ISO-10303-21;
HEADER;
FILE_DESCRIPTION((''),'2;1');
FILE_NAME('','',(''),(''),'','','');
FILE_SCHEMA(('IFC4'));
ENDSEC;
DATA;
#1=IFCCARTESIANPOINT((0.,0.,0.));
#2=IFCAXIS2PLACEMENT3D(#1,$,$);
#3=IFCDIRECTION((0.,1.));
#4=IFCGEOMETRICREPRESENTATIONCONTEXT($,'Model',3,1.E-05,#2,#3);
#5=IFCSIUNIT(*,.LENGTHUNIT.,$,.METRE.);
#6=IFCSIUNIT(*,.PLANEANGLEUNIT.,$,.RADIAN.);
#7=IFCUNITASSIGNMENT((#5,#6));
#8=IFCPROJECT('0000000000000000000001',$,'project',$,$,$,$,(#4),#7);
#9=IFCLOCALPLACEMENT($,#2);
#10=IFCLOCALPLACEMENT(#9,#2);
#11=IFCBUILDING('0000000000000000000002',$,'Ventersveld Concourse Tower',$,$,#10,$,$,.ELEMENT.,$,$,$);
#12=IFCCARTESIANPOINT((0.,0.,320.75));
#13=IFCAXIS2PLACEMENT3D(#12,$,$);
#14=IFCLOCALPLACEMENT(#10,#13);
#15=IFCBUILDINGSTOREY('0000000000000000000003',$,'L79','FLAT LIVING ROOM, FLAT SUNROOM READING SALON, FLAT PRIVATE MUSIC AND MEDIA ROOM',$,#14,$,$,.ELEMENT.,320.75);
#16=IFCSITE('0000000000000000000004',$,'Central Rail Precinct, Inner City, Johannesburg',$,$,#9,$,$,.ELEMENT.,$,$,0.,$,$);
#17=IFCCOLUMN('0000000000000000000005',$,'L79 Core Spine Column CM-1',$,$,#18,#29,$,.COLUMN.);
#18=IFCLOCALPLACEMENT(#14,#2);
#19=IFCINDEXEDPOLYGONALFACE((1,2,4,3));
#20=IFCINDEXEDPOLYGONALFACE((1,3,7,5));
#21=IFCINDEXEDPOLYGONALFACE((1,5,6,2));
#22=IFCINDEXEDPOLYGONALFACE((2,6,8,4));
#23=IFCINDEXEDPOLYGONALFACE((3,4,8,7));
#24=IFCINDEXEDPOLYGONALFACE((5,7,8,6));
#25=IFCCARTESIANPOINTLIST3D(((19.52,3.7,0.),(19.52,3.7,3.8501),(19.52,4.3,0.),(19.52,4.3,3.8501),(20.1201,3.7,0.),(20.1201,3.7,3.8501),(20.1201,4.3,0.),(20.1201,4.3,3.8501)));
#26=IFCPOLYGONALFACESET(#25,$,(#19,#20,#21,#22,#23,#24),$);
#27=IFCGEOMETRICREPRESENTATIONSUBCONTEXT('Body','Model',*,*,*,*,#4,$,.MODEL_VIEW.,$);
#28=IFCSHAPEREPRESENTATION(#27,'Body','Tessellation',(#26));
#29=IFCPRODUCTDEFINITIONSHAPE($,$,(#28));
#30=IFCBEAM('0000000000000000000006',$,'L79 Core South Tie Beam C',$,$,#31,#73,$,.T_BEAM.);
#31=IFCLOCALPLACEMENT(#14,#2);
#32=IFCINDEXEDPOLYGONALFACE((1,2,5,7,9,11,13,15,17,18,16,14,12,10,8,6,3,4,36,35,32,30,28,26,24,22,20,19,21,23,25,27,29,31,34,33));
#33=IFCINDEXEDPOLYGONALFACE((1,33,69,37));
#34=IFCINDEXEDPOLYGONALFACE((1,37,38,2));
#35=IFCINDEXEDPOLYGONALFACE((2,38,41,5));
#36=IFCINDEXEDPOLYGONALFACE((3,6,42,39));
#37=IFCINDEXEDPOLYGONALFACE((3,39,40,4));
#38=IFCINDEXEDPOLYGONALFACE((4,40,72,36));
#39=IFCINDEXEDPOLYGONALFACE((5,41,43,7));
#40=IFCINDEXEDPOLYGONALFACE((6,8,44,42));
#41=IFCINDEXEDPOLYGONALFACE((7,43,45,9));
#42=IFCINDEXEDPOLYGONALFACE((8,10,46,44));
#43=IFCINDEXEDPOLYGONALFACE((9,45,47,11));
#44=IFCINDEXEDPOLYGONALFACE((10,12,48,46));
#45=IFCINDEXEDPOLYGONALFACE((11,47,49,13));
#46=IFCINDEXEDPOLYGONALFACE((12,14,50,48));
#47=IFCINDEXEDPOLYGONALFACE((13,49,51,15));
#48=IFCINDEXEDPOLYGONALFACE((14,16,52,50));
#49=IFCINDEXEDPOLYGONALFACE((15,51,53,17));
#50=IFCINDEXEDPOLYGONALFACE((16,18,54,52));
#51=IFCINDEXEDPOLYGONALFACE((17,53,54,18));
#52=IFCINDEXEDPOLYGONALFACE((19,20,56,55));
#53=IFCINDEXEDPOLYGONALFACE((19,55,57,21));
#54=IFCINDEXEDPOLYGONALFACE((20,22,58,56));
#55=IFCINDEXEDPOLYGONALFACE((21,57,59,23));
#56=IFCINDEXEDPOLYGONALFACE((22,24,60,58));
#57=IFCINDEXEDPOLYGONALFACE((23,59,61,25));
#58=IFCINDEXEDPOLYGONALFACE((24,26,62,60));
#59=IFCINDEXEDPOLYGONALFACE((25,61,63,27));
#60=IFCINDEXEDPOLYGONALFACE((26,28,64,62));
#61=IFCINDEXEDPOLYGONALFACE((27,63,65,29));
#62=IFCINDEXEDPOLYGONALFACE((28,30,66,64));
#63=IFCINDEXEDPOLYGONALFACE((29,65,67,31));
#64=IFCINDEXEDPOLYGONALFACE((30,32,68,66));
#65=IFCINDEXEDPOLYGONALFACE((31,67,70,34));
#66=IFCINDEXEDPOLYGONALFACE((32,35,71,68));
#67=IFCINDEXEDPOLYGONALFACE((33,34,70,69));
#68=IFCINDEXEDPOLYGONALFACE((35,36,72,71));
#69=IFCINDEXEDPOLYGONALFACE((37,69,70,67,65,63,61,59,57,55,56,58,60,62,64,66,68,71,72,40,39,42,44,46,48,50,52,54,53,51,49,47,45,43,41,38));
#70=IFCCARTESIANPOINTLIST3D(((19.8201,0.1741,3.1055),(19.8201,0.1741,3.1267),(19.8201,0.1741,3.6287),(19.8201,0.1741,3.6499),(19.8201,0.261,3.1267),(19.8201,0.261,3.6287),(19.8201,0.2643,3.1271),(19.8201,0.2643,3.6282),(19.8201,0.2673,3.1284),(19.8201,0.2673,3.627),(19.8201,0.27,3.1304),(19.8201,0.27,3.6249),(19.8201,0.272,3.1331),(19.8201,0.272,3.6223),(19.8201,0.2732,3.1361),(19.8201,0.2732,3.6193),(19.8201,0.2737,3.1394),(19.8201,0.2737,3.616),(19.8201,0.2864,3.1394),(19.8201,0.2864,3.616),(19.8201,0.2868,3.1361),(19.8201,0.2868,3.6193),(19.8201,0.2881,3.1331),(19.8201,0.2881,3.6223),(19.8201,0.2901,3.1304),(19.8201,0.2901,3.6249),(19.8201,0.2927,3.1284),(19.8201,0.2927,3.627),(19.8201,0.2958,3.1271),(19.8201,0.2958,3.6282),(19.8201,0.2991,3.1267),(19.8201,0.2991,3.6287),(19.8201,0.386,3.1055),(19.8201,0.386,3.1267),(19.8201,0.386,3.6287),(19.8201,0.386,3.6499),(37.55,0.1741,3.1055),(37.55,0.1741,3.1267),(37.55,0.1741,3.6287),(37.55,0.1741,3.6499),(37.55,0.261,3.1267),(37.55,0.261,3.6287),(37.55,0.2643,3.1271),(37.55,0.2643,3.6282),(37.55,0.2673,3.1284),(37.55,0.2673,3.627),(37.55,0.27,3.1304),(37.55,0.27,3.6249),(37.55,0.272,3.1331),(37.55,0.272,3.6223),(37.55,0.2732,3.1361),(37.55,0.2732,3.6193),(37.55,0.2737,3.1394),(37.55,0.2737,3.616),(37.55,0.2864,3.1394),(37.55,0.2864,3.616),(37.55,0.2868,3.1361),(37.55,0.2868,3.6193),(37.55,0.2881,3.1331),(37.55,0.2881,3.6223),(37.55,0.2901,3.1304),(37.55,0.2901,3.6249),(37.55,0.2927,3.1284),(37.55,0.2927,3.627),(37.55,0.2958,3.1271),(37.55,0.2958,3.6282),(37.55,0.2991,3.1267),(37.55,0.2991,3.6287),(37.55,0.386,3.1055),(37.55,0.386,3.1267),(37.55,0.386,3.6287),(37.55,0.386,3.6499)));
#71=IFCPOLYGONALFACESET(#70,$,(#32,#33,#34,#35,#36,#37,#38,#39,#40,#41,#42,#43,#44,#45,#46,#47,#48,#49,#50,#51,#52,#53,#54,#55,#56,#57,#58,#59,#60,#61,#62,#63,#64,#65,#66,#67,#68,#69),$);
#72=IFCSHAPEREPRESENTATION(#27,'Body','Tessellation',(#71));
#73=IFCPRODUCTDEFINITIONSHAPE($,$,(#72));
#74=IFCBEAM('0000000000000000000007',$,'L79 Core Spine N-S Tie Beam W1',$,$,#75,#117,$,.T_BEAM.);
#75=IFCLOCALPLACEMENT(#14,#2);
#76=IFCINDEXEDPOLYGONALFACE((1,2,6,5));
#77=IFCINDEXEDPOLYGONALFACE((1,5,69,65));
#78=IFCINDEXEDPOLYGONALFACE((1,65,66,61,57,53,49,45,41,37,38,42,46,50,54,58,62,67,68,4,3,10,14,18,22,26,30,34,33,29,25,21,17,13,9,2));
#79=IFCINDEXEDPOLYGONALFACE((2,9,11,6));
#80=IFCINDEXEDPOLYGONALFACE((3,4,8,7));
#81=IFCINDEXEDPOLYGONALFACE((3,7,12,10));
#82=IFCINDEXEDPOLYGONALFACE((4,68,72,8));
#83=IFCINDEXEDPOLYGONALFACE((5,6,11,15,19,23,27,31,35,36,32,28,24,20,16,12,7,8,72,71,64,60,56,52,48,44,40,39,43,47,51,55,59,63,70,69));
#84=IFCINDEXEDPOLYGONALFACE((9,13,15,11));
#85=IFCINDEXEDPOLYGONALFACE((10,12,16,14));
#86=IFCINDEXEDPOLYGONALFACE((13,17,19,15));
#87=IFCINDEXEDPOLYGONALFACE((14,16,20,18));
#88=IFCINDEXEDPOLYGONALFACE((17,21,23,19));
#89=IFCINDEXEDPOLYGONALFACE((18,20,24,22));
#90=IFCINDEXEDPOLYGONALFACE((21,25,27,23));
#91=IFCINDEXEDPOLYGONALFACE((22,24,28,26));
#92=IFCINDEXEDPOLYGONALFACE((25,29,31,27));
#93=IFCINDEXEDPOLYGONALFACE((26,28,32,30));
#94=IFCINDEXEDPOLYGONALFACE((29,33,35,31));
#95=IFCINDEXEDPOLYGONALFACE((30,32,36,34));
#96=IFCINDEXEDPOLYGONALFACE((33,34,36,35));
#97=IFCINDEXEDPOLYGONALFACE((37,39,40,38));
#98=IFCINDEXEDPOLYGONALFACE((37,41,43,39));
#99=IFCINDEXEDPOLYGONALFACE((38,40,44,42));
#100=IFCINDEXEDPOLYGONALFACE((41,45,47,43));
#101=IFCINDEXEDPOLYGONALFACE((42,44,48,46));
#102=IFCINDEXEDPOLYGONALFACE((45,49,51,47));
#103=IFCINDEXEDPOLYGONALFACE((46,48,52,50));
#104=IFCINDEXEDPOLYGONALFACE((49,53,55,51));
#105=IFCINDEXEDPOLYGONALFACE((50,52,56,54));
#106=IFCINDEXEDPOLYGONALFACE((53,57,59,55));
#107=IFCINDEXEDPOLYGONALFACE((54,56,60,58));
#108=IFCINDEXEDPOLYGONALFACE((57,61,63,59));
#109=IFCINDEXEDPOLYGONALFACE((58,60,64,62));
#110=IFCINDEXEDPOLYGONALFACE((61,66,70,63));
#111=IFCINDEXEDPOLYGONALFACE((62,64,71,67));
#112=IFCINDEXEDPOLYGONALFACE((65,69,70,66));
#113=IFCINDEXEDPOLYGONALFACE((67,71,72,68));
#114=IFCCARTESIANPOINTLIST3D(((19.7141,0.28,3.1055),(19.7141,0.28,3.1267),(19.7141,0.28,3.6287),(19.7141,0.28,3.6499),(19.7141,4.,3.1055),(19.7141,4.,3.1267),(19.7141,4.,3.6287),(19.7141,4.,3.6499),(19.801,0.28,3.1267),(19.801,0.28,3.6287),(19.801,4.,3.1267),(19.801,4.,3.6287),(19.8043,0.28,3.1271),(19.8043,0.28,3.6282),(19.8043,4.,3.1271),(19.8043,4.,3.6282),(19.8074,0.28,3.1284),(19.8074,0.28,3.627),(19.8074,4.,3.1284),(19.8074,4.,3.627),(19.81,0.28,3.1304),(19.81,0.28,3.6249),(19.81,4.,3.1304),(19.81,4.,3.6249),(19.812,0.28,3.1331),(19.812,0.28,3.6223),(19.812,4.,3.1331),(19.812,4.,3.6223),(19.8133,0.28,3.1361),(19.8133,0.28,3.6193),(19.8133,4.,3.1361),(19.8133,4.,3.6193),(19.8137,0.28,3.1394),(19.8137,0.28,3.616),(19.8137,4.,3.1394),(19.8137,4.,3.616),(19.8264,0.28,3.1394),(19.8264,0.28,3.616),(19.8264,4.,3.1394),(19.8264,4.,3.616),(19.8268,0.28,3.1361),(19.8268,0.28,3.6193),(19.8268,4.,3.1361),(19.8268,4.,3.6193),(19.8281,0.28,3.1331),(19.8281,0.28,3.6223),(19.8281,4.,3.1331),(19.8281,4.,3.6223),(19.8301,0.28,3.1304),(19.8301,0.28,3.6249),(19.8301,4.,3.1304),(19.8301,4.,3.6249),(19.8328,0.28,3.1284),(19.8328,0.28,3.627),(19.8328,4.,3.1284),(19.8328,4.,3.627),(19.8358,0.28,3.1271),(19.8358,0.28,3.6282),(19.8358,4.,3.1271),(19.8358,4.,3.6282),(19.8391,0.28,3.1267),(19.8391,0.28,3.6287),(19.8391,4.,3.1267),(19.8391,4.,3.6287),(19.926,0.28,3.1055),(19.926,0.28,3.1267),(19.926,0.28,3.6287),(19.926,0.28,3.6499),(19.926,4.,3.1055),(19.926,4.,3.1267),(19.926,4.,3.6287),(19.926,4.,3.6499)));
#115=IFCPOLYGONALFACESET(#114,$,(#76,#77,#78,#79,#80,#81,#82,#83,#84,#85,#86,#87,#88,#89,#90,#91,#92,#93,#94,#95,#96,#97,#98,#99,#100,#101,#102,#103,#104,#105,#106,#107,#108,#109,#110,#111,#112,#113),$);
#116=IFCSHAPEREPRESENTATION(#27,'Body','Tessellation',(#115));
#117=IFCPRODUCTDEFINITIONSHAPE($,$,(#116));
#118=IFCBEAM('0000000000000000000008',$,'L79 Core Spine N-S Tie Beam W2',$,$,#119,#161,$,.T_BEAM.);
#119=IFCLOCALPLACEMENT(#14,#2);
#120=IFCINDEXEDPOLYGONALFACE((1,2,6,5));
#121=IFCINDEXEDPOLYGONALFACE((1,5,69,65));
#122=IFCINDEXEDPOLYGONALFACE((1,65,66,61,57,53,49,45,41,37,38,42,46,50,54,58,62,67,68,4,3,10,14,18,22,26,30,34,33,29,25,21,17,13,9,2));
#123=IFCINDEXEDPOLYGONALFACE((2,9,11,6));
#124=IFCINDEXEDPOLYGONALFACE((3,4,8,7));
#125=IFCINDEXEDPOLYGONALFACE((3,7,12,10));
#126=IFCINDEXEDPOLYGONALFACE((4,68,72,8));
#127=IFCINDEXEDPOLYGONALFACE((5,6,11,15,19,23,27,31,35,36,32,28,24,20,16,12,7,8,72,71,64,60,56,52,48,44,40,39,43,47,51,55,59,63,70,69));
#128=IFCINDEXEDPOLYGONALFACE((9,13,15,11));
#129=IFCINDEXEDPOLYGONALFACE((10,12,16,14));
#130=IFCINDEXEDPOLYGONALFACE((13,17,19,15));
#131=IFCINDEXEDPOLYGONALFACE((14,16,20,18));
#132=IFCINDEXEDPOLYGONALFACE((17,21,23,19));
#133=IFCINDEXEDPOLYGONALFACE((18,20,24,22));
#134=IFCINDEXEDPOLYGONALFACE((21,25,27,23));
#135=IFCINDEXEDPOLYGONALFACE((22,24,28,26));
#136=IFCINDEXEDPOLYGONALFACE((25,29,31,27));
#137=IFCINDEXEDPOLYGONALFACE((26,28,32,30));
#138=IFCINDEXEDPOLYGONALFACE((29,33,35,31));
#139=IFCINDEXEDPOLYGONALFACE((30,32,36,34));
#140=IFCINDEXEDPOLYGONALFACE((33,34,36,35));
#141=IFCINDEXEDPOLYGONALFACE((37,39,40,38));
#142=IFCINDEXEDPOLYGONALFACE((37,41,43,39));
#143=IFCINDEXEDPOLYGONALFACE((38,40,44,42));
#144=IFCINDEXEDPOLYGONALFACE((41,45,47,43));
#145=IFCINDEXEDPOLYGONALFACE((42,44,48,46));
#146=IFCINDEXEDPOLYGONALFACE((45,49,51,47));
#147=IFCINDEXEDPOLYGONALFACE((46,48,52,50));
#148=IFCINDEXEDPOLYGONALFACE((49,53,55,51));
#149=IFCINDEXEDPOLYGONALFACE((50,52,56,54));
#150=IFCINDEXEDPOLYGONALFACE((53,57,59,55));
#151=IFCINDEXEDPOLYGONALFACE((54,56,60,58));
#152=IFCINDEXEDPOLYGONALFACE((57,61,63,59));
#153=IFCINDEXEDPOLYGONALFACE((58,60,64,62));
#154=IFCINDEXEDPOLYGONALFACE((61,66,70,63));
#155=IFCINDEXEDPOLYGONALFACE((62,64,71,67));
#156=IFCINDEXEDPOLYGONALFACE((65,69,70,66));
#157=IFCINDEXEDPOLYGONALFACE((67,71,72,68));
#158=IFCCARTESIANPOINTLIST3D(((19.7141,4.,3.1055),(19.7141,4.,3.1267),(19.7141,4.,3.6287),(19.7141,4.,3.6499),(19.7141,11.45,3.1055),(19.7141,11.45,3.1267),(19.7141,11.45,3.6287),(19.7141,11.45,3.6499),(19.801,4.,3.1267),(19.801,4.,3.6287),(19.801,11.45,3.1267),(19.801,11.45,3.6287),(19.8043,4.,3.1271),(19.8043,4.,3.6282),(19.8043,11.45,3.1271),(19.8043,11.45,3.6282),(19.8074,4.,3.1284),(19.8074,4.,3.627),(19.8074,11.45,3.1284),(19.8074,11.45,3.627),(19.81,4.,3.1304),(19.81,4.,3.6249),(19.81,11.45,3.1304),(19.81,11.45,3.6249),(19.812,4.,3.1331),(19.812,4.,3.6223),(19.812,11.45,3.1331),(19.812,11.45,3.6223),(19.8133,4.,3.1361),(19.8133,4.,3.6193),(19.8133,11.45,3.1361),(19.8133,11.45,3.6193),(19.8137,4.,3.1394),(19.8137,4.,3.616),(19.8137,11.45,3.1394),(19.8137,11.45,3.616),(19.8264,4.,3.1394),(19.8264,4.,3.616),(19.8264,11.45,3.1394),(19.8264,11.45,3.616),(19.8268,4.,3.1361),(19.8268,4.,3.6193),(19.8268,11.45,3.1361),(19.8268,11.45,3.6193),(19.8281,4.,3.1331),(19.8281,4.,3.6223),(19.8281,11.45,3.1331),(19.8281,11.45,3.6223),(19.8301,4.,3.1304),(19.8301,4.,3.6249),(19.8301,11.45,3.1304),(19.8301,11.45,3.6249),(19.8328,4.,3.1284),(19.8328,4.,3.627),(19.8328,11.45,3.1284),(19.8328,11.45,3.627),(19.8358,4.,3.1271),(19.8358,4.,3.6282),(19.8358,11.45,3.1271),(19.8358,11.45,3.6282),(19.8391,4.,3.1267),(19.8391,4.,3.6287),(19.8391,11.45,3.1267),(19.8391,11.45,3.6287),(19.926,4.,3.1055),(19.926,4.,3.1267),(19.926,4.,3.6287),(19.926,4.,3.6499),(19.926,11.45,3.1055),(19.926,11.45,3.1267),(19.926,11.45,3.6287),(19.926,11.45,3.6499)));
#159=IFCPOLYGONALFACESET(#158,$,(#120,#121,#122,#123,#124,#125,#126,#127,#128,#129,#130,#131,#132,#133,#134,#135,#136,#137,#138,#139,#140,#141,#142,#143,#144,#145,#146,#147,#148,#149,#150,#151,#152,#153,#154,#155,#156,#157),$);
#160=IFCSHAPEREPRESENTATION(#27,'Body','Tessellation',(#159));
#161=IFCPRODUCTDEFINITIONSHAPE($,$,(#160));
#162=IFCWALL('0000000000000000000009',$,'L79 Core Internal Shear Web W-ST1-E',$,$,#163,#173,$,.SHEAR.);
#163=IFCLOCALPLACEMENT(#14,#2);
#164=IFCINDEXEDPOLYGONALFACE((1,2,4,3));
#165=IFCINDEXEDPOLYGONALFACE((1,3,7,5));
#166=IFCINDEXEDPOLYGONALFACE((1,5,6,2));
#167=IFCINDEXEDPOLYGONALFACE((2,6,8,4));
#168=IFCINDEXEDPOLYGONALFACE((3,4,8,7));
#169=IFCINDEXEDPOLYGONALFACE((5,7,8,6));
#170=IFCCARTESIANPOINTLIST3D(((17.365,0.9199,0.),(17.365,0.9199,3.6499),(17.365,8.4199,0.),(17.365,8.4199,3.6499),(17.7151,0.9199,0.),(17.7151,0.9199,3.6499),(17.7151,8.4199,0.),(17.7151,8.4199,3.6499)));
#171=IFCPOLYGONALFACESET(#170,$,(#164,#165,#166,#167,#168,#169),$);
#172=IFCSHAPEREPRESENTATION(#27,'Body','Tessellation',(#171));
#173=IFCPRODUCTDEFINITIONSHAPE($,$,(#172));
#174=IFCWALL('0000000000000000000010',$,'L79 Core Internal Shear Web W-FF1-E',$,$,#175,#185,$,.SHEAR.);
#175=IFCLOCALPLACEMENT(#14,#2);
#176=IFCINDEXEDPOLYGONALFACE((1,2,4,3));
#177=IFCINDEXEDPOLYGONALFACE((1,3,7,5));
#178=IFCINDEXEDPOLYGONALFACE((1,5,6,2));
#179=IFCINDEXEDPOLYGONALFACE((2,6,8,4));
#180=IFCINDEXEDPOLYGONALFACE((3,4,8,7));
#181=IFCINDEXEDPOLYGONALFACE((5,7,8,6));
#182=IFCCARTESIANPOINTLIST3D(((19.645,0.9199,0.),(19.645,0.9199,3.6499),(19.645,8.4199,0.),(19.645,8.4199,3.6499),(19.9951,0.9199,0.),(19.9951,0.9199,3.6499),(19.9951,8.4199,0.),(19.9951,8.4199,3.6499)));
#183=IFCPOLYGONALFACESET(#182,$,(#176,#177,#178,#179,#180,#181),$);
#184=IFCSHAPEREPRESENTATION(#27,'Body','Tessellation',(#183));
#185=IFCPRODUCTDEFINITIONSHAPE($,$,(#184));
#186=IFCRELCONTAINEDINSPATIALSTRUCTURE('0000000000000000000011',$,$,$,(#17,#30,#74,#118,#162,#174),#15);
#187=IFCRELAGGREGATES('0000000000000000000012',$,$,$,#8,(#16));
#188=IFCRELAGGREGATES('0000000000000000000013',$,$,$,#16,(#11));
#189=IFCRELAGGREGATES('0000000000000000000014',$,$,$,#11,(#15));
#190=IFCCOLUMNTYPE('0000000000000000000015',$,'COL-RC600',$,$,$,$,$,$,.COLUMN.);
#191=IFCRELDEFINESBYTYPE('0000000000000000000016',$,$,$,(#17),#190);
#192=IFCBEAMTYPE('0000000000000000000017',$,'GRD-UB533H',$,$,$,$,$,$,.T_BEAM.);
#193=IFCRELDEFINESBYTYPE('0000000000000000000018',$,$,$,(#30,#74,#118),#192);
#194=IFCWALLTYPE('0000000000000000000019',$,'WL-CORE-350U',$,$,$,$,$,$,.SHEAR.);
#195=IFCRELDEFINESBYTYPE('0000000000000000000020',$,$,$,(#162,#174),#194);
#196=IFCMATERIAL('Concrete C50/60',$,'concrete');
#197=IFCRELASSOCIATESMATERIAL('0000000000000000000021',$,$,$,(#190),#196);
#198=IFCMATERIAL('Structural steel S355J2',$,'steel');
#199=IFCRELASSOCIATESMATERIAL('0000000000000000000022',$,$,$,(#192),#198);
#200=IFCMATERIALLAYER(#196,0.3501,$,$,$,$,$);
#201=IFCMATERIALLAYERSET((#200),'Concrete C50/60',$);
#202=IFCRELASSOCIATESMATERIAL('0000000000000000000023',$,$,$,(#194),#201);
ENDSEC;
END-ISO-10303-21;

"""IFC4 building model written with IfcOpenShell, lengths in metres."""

from ifc_helpers import new_model, si_unit, direction, frame, frame_2d, origin, origin_2d, place, context, subcontext, project, spatial, rectangle, i_section, extrude, material, layer, layer_set, material_profile, profile_set, type_object, element, save


model = new_model("IFC4")

# Units and contexts
model_context = context("Model", 3, precision=1e-05, world=origin(), true_north=direction((0.0, 1.0)))
body_context = subcontext(model_context, "Body", "Model", "MODEL_VIEW")
ifc_project = project(units=[si_unit("LENGTHUNIT", "METRE"), si_unit("PLANEANGLEUNIT", "RADIAN")], contexts=[model_context])

# Site, building, storey
site_placement = place(None, origin())
site = spatial("IfcSite", under=ifc_project, at=site_placement, Name="Central Rail Precinct, Inner City, Johannesburg", CompositionType="ELEMENT", RefElevation=0.0)
building_placement = place(site_placement, origin())
building = spatial("IfcBuilding", under=site, at=building_placement, Name="Ventersveld Concourse Tower", CompositionType="ELEMENT")
storey_placement = place(building_placement, frame((0.0, 0.0, 320.75)))
storey = spatial("IfcBuildingStorey", under=building, at=storey_placement, Name="L79", Description="FLAT LIVING ROOM, FLAT SUNROOM READING SALON, FLAT PRIVATE MUSIC AND MEDIA ROOM", CompositionType="ELEMENT", Elevation=320.75)

# Column
ifc_material_1 = material(Name="Concrete C50/60", Category="concrete")
ifc_material_profile_1 = material_profile(ifc_material_1, rectangle(XDim=0.6001, YDim=0.6001, at=origin_2d()), Name="RC 600x600")
ifc_profile_set_1 = profile_set([ifc_material_profile_1], Name="Concrete C50/60")
column_type = type_object("IfcColumnType", Name="COL-RC600", PredefinedType="COLUMN", material=ifc_profile_set_1)
column_placement = place(storey_placement, frame((19.8201, 4.0, 0.0), z_axis=(0.0, 0.0, 1.0), x_axis=(1.0, 0.0, 0.0)))
element("IfcColumn", 1, at=column_placement, inside=storey, type_object=column_type, Name="L79 Core Spine Column CM-1", PredefinedType="COLUMN", context=body_context, shape_type="SweptSolid", body=[
    extrude(rectangle(XDim=0.6001, YDim=0.6001, at=origin_2d()), origin(), (0.0, 0.0, 1.0), 3.8501),
])

# Beams
ifc_material_2 = material(Name="Structural steel S355J2", Category="steel")
ifc_material_profile_2 = material_profile(ifc_material_2, i_section(OverallWidth=0.2119, OverallDepth=0.5444, WebThickness=0.0127, FlangeThickness=0.0212, FilletRadius=0.0127, at=origin_2d()), Name="UB 533x210x122")
ifc_profile_set_2 = profile_set([ifc_material_profile_2], Name="Structural steel S355J2")
beam_type = type_object("IfcBeamType", Name="GRD-UB533H", PredefinedType="T_BEAM", material=ifc_profile_set_2)
beam_1_placement = place(storey_placement, frame((19.8201, 0.28, 3.3777), z_axis=(1.0, 0.0, 0.0), x_axis=(0.0, 1.0, 0.0)))
element("IfcBeam", 2, at=beam_1_placement, inside=storey, type_object=beam_type, Name="L79 Core South Tie Beam C", PredefinedType="T_BEAM", context=body_context, shape_type="SweptSolid", body=[
    extrude(i_section(OverallWidth=0.2119, OverallDepth=0.5444, WebThickness=0.0127, FlangeThickness=0.0212, FilletRadius=0.0127, at=origin_2d()), origin(), (0.0, 0.0, 1.0), 17.73),
])
beam_2_placement = place(storey_placement, frame((19.8201, 0.28, 3.3777), z_axis=(0.0, 1.0, 0.0), x_axis=(-1.0, 0.0, 0.0)))
element("IfcBeam", 3, at=beam_2_placement, inside=storey, type_object=beam_type, Name="L79 Core Spine N-S Tie Beam W1", PredefinedType="T_BEAM", context=body_context, shape_type="SweptSolid", body=[
    extrude(i_section(OverallWidth=0.2119, OverallDepth=0.5444, WebThickness=0.0127, FlangeThickness=0.0212, FilletRadius=0.0127, at=origin_2d()), origin(), (0.0, 0.0, 1.0), 3.72),
])
beam_3_placement = place(storey_placement, frame((19.8201, 4.0, 3.3777), z_axis=(0.0, 1.0, 0.0), x_axis=(-1.0, 0.0, 0.0)))
element("IfcBeam", 4, at=beam_3_placement, inside=storey, type_object=beam_type, Name="L79 Core Spine N-S Tie Beam W2", PredefinedType="T_BEAM", context=body_context, shape_type="SweptSolid", body=[
    extrude(i_section(OverallWidth=0.2119, OverallDepth=0.5444, WebThickness=0.0127, FlangeThickness=0.0212, FilletRadius=0.0127, at=origin_2d()), origin(), (0.0, 0.0, 1.0), 7.45),
])

# Walls
ifc_layer_1 = layer(ifc_material_1, 0.3501)
ifc_layer_set_1 = layer_set([ifc_layer_1], Name="Concrete C50/60")
wall_type_1 = type_object("IfcWallType", Name="WL-CORE-350U", PredefinedType="SHEAR", material=ifc_layer_set_1)
for number, where, z_axis, x_axis, name in (
    (5, (17.54, 0.9199, 0.0), (0.0, 0.0, 1.0), (0.0, 1.0, 0.0), "L79 Core Internal Shear Web W-ST1-E"),
    (6, (19.8201, 0.9199, 0.0), (0.0, 0.0, 1.0), (0.0, 1.0, 0.0), "L79 Core Internal Shear Web W-FF1-E"),
):
    element("IfcWall", number, at=place(storey_placement, frame(where, z_axis=z_axis, x_axis=x_axis)), inside=storey, type_object=wall_type_1, Name=name, PredefinedType="SHEAR", context=body_context, shape_type="SweptSolid", body=[
        extrude(rectangle(XDim=7.5, YDim=0.3501, at=frame_2d((3.75, 0.0))), origin(), (0.0, 0.0, 1.0), 3.6499),
    ])

save(model, "model.ifc")
